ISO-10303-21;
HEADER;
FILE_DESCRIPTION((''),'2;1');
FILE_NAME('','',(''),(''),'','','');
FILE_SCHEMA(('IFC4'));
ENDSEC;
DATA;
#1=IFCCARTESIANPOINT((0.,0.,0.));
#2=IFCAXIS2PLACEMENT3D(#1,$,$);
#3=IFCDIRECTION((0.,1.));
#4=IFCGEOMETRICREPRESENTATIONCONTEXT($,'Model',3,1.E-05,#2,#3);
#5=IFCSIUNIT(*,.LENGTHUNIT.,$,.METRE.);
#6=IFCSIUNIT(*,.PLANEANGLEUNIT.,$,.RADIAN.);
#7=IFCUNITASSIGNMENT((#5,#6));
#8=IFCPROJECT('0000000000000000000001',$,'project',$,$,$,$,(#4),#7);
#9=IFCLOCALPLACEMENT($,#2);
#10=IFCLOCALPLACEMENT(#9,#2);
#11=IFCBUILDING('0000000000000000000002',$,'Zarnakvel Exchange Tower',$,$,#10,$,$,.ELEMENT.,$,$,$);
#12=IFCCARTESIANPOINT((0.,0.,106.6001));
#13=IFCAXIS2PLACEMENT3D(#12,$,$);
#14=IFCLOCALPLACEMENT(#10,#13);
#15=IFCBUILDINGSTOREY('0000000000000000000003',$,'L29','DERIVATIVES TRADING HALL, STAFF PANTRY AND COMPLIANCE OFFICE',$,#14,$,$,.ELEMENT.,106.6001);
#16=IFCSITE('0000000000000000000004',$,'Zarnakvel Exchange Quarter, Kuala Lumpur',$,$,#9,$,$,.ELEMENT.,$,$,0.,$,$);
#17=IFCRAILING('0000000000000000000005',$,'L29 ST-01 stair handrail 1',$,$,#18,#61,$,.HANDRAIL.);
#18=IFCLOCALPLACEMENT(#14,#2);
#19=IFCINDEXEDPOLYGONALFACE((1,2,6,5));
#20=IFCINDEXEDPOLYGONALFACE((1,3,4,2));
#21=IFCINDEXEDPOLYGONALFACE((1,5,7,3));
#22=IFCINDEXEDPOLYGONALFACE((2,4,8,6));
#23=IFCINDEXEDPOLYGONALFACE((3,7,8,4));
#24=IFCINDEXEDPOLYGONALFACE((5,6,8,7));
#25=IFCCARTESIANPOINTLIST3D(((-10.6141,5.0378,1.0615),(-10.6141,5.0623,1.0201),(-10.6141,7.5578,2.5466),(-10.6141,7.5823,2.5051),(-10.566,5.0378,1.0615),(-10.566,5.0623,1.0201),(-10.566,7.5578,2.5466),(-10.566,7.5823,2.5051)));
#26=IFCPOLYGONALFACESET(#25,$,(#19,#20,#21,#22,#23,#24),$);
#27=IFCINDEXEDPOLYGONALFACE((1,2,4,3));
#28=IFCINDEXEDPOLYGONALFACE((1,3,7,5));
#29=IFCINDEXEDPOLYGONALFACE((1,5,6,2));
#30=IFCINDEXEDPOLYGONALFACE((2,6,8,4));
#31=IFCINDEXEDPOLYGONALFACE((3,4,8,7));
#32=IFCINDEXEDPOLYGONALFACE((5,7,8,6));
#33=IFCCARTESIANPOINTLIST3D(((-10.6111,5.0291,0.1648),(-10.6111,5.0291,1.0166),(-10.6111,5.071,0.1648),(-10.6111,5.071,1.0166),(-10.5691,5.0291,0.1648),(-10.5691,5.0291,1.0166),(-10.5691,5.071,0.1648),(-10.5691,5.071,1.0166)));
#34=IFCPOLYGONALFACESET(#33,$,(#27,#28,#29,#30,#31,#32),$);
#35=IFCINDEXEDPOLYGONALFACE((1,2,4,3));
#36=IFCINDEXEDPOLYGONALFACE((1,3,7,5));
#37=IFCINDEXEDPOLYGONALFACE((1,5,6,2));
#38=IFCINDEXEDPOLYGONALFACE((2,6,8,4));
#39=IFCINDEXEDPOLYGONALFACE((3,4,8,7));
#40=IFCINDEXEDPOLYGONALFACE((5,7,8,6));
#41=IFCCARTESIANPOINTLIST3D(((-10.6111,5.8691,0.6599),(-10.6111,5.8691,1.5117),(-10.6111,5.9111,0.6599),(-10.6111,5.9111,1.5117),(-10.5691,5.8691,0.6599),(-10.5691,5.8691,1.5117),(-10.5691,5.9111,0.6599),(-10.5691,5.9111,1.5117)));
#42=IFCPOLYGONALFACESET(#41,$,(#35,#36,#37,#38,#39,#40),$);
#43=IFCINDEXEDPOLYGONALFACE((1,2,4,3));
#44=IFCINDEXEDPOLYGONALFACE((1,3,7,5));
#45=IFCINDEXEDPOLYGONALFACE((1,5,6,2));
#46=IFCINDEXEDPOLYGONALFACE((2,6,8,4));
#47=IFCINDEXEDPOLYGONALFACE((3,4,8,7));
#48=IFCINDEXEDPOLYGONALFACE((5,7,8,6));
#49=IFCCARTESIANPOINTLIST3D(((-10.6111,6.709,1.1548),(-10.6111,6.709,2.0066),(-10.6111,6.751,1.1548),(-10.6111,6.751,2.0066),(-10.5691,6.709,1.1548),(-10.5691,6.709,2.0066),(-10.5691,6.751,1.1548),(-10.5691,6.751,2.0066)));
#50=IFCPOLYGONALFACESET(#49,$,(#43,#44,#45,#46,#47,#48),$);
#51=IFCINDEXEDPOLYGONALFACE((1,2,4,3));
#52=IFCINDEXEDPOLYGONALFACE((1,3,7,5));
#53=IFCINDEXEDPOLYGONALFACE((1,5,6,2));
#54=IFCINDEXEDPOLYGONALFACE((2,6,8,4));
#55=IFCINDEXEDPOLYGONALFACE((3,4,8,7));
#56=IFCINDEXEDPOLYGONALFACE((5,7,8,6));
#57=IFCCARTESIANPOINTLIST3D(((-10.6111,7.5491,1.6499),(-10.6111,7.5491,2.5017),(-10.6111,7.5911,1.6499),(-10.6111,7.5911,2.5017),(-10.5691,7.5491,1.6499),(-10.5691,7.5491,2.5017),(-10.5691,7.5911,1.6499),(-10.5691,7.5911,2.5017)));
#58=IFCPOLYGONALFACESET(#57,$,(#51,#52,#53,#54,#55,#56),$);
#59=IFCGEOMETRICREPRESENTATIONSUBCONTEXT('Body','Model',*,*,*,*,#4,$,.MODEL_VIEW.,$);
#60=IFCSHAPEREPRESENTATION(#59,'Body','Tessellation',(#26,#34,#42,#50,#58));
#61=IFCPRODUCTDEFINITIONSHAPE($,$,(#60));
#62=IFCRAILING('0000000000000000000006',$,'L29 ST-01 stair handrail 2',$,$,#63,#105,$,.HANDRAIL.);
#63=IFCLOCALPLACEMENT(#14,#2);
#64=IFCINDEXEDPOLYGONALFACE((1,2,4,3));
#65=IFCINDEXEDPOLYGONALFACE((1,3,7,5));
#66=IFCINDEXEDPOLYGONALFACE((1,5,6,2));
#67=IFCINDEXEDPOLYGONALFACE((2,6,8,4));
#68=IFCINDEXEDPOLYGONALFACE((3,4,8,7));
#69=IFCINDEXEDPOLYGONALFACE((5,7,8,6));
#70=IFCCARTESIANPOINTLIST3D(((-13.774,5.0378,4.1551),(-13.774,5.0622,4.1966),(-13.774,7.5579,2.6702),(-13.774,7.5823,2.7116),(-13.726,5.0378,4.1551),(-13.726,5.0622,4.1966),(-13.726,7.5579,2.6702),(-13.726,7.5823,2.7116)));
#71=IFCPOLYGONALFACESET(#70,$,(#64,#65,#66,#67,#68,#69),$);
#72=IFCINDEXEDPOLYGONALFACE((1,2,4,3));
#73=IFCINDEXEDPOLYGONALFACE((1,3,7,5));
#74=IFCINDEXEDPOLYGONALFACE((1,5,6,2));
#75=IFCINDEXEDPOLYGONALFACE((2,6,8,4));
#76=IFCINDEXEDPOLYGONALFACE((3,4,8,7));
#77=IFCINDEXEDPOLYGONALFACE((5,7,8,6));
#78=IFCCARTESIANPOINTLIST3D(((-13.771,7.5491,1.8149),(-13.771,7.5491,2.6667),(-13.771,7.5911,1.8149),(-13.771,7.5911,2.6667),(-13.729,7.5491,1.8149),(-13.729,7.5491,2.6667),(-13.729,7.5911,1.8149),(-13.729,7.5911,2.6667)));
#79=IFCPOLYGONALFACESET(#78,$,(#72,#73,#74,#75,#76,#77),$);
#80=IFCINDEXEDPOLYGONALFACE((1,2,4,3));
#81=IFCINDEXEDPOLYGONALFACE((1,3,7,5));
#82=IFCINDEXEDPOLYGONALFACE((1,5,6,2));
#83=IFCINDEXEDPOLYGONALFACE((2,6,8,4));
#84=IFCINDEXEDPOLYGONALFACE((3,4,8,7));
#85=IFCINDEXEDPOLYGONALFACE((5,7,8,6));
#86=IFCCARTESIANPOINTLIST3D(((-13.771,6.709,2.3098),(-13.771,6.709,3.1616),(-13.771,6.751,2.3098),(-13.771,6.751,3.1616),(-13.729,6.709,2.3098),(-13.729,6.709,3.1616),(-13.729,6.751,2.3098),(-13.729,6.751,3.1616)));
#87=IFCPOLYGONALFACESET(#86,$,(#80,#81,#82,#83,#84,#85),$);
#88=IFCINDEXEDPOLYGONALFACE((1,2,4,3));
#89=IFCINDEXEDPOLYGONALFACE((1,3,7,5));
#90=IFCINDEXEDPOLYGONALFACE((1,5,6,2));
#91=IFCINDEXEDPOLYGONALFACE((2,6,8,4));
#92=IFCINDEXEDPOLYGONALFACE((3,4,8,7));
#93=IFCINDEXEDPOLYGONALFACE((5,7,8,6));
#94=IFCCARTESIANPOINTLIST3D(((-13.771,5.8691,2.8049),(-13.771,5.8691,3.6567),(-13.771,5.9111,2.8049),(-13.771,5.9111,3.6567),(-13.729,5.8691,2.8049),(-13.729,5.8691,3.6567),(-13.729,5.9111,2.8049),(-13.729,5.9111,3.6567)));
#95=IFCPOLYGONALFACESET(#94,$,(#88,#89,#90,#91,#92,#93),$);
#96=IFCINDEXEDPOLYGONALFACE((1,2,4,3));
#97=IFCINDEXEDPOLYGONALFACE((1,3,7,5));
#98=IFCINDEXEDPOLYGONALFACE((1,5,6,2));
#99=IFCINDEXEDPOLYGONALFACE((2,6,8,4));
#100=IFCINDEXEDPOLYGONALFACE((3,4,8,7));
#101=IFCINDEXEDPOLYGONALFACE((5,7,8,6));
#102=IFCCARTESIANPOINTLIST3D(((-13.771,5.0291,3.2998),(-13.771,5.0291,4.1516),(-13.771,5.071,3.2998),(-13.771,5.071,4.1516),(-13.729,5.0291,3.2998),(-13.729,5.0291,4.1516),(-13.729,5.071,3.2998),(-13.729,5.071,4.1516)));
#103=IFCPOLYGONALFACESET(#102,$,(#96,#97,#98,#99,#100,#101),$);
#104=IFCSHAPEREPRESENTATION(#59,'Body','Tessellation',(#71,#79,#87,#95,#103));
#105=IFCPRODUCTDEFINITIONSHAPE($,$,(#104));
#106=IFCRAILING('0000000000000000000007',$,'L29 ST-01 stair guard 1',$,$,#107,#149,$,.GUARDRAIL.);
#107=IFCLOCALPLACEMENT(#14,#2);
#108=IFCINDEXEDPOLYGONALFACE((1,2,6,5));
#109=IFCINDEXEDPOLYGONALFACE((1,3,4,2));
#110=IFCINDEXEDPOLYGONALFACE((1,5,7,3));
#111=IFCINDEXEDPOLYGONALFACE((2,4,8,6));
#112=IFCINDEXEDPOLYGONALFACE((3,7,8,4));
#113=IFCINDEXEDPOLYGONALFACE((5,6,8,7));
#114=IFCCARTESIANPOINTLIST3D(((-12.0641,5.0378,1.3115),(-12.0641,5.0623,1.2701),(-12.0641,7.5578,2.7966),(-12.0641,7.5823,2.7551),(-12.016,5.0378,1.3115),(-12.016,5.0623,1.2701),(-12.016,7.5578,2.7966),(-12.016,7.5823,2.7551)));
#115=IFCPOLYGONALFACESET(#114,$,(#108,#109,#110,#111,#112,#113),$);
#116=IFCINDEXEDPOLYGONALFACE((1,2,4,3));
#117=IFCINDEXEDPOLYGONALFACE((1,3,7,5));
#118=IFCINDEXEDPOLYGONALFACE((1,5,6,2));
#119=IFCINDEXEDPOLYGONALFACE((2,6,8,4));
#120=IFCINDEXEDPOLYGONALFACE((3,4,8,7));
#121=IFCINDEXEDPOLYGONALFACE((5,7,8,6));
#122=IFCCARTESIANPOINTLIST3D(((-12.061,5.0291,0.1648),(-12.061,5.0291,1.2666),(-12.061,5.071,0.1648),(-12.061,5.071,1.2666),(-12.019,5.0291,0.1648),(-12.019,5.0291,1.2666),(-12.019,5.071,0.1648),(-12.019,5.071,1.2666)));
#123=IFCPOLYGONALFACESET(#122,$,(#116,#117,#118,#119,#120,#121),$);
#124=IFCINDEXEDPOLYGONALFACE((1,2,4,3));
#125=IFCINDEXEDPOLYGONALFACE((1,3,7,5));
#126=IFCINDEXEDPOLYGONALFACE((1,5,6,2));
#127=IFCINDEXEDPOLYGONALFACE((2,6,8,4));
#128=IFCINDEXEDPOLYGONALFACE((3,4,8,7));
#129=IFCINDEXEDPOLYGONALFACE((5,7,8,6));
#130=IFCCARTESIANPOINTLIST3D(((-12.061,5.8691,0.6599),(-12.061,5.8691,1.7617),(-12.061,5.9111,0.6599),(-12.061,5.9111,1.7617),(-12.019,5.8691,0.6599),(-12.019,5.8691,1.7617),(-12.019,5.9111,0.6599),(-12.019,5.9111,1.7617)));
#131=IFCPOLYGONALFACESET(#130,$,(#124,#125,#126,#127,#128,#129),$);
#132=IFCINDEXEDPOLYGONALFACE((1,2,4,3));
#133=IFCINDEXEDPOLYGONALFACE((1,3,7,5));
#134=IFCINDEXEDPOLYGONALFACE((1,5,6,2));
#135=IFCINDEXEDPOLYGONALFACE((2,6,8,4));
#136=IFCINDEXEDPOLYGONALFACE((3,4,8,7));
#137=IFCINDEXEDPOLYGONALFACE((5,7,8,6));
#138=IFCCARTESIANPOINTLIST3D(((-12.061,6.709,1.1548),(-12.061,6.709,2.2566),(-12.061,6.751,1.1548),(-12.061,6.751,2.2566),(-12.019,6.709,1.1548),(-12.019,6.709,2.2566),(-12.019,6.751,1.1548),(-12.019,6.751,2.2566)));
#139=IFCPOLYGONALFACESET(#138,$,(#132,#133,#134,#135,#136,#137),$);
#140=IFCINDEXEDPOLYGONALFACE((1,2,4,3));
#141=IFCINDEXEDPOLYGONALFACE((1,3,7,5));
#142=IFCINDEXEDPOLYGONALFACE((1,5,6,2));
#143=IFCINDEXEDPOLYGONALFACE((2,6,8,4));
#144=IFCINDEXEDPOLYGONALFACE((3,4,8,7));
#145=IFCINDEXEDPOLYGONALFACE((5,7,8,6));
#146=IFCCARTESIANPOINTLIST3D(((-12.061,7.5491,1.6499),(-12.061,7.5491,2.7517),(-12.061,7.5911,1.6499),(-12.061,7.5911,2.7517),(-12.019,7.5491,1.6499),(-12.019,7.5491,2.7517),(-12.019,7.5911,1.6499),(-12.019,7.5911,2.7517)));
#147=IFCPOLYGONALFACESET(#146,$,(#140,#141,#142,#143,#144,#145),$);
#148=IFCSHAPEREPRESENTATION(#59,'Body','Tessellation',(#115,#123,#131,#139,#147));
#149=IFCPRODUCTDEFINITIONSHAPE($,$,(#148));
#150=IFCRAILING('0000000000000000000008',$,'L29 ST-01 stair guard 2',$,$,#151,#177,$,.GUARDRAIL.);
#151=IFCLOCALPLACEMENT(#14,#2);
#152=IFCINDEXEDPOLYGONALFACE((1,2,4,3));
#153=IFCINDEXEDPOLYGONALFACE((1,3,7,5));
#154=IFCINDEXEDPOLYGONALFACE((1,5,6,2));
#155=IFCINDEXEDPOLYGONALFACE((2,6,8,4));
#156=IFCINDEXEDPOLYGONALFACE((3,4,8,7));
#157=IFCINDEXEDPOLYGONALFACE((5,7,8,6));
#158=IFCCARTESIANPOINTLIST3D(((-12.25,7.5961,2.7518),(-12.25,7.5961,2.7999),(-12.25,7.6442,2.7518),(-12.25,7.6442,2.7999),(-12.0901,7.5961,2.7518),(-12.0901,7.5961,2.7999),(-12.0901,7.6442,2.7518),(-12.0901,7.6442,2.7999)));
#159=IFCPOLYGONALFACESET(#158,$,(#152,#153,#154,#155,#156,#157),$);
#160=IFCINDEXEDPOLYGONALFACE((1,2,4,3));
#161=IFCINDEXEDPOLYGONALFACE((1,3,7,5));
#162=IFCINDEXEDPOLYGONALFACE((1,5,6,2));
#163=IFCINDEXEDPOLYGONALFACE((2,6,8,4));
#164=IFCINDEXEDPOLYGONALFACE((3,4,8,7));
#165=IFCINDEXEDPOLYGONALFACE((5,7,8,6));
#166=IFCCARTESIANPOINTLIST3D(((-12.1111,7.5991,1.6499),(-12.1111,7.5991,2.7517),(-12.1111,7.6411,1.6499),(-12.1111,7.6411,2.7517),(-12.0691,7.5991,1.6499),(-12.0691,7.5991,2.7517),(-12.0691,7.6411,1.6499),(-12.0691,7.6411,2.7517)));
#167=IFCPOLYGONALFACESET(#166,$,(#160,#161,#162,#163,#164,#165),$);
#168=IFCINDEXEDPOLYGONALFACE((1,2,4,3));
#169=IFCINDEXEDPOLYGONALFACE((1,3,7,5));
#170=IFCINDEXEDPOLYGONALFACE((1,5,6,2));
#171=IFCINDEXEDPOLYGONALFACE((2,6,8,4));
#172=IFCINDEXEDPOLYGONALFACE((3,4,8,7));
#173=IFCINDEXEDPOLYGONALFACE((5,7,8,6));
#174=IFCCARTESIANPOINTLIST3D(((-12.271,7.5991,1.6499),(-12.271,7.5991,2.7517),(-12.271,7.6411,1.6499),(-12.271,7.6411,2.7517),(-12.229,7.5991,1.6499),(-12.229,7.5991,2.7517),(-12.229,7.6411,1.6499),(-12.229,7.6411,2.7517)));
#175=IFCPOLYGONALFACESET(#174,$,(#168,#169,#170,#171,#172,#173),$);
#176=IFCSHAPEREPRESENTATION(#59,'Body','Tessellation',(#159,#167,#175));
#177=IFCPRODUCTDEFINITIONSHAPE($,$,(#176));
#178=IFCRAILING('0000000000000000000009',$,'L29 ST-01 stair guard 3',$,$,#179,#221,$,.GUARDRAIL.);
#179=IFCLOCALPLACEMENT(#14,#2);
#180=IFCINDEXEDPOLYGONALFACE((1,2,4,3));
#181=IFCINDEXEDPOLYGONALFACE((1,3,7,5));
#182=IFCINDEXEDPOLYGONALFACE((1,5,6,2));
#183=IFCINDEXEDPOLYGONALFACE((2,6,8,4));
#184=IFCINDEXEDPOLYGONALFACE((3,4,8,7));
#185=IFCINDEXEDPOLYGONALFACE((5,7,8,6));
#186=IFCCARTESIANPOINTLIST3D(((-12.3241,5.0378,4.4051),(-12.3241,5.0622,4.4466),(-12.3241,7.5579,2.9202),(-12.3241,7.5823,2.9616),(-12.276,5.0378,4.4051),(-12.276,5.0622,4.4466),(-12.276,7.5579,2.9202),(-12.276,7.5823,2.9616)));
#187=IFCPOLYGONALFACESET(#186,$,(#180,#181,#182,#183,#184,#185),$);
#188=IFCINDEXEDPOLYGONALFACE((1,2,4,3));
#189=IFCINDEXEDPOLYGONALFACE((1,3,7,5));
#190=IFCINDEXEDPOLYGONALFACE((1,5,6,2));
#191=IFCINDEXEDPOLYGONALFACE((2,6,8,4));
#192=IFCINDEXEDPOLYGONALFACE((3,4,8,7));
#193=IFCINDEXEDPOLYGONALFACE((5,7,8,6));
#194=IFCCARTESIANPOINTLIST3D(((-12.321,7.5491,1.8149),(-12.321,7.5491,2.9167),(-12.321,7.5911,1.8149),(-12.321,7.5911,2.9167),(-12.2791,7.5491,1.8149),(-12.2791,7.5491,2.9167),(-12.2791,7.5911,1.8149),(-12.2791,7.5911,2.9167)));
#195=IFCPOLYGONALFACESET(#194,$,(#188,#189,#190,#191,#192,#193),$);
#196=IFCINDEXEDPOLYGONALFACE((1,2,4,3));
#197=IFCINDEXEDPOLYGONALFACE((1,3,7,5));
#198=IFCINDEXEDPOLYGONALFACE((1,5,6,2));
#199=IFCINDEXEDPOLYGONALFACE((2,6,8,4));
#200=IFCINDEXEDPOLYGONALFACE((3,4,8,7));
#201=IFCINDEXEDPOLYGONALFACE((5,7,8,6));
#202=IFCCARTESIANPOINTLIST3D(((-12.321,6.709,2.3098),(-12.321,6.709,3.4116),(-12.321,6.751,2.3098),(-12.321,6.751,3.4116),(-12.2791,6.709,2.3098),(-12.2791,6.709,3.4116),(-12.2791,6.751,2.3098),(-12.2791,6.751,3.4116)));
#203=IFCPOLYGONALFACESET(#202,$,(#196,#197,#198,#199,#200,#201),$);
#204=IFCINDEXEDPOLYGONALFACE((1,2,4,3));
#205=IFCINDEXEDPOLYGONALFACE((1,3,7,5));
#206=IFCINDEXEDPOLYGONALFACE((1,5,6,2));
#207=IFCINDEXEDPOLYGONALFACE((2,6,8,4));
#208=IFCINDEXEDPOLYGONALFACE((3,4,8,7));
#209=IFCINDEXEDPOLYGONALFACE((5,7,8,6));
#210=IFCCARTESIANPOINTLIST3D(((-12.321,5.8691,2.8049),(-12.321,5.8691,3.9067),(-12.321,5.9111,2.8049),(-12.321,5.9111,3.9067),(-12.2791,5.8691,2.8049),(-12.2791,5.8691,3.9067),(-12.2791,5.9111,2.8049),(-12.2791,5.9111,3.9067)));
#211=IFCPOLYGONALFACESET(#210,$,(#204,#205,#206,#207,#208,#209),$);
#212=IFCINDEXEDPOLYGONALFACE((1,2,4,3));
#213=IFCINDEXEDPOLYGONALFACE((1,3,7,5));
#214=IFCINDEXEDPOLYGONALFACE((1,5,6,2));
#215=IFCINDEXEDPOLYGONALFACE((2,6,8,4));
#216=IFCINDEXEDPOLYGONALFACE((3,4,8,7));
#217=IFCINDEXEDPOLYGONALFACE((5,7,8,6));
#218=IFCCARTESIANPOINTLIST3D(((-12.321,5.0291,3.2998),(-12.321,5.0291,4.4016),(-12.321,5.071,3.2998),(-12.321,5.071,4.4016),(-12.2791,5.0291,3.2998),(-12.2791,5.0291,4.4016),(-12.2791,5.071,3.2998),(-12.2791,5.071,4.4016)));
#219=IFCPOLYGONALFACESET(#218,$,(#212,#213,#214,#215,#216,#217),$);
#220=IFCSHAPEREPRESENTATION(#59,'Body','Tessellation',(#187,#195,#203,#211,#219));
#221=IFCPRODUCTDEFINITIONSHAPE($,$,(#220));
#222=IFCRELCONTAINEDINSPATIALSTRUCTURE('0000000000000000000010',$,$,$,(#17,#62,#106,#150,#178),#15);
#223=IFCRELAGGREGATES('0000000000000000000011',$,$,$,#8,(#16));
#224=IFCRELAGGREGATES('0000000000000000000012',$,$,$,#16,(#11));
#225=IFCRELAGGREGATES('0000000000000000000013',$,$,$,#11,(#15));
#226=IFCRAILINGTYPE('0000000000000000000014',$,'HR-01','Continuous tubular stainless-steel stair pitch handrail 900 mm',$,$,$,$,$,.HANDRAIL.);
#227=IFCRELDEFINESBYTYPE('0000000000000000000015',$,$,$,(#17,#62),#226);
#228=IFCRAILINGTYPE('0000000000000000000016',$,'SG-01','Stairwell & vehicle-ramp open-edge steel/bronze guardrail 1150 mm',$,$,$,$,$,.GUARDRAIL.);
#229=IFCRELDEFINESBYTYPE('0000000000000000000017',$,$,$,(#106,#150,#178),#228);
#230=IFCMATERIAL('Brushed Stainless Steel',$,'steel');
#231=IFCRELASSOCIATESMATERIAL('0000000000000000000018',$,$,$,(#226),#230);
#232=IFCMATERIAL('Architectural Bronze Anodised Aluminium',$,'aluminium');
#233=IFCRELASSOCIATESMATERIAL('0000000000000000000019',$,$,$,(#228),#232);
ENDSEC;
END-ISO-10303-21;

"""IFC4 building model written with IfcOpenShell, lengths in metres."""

from ifc_helpers import new_model, si_unit, direction, frame, origin, origin_2d, place, context, subcontext, project, spatial, rectangle, extrude, material, type_object, element, save


model = new_model("IFC4")

# Units and contexts
model_context = context("Model", 3, precision=1e-05, world=origin(), true_north=direction((0.0, 1.0)))
body_context = subcontext(model_context, "Body", "Model", "MODEL_VIEW")
ifc_project = project(units=[si_unit("LENGTHUNIT", "METRE"), si_unit("PLANEANGLEUNIT", "RADIAN")], contexts=[model_context])

# Site, building, storey
site_placement = place(None, origin())
site = spatial("IfcSite", under=ifc_project, at=site_placement, Name="Zarnakvel Exchange Quarter, Kuala Lumpur", CompositionType="ELEMENT", RefElevation=0.0)
building_placement = place(site_placement, origin())
building = spatial("IfcBuilding", under=site, at=building_placement, Name="Zarnakvel Exchange Tower", CompositionType="ELEMENT")
storey_placement = place(building_placement, frame((0.0, 0.0, 106.6001)))
storey = spatial("IfcBuildingStorey", under=building, at=storey_placement, Name="L29", Description="DERIVATIVES TRADING HALL, STAFF PANTRY AND COMPLIANCE OFFICE", CompositionType="ELEMENT", Elevation=106.6001)

# Shared definitions
ifc_material_1 = material(Name="Brushed Stainless Steel", Category="steel")

# Shared definitions
ifc_material_2 = material(Name="Architectural Bronze Anodised Aluminium", Category="aluminium")

# Railings
railing_type_1 = type_object("IfcRailingType", Name="HR-01", Description="Continuous tubular stainless-steel stair pitch handrail 900 mm", PredefinedType="HANDRAIL", material=ifc_material_1)
railing_1_placement = place(storey_placement, frame((-10.5901, 5.05, 0.1648)))
element("IfcRailing", 1, at=railing_1_placement, inside=storey, type_object=railing_type_1, Name="L29 ST-01 stair handrail 1", PredefinedType="HANDRAIL", context=body_context, shape_type="SweptSolid", body=[
    extrude(rectangle(XDim=0.0481, YDim=0.0481, at=origin_2d()), frame((0.0, 0.0, 0.876), z_axis=(0.0, 0.861524, 0.507717), x_axis=(-1.0, 0.0, 0.0)), (0.0, 0.0, 1.0), 2.925),
    extrude(rectangle(XDim=0.042, YDim=0.042, at=origin_2d()), origin(), (0.0, 0.0, 1.0), 0.8518),
    extrude(rectangle(XDim=0.042, YDim=0.042, at=origin_2d()), frame((0.0, 0.8401, 0.4951)), (0.0, 0.0, 1.0), 0.8518),
    extrude(rectangle(XDim=0.042, YDim=0.042, at=origin_2d()), frame((0.0, 1.6799, 0.99)), (0.0, 0.0, 1.0), 0.8518),
    extrude(rectangle(XDim=0.042, YDim=0.042, at=origin_2d()), frame((0.0, 2.52, 1.4851)), (0.0, 0.0, 1.0), 0.8518),
])
railing_2_placement = place(storey_placement, frame((-13.75, 7.5701, 1.8149)))
element("IfcRailing", 2, at=railing_2_placement, inside=storey, type_object=railing_type_1, Name="L29 ST-01 stair handrail 2", PredefinedType="HANDRAIL", context=body_context, shape_type="SweptSolid", body=[
    extrude(rectangle(XDim=0.0481, YDim=0.0481, at=origin_2d()), frame((0.0, 0.0, 0.876), z_axis=(0.0, -0.861561, 0.507655), x_axis=(1.0, 0.0, 0.0)), (0.0, 0.0, 1.0), 2.925),
    extrude(rectangle(XDim=0.042, YDim=0.042, at=origin_2d()), origin(), (0.0, 0.0, 1.0), 0.8518),
    extrude(rectangle(XDim=0.042, YDim=0.042, at=origin_2d()), frame((0.0, -0.8401, 0.4949)), (0.0, 0.0, 1.0), 0.8518),
    extrude(rectangle(XDim=0.042, YDim=0.042, at=origin_2d()), frame((0.0, -1.6799, 0.99)), (0.0, 0.0, 1.0), 0.8518),
    extrude(rectangle(XDim=0.042, YDim=0.042, at=origin_2d()), frame((0.0, -2.52, 1.4849)), (0.0, 0.0, 1.0), 0.8518),
])
railing_type_2 = type_object("IfcRailingType", Name="SG-01", Description="Stairwell & vehicle-ramp open-edge steel/bronze guardrail 1150 mm", PredefinedType="GUARDRAIL", material=ifc_material_2)
railing_3_placement = place(storey_placement, frame((-12.04, 5.05, 0.1648)))
element("IfcRailing", 3, at=railing_3_placement, inside=storey, type_object=railing_type_2, Name="L29 ST-01 stair guard 1", PredefinedType="GUARDRAIL", context=body_context, shape_type="SweptSolid", body=[
    extrude(rectangle(XDim=0.0481, YDim=0.0481, at=origin_2d()), frame((0.0, 0.0, 1.126), z_axis=(0.0, 0.861524, 0.507717), x_axis=(-1.0, 0.0, 0.0)), (0.0, 0.0, 1.0), 2.925),
    extrude(rectangle(XDim=0.042, YDim=0.042, at=origin_2d()), origin(), (0.0, 0.0, 1.0), 1.1018),
    extrude(rectangle(XDim=0.042, YDim=0.042, at=origin_2d()), frame((0.0, 0.8401, 0.4951)), (0.0, 0.0, 1.0), 1.1018),
    extrude(rectangle(XDim=0.042, YDim=0.042, at=origin_2d()), frame((0.0, 1.6799, 0.99)), (0.0, 0.0, 1.0), 1.1018),
    extrude(rectangle(XDim=0.042, YDim=0.042, at=origin_2d()), frame((0.0, 2.52, 1.4851)), (0.0, 0.0, 1.0), 1.1018),
])
railing_4_placement = place(storey_placement, frame((-12.0901, 7.6201, 1.6499)))
element("IfcRailing", 4, at=railing_4_placement, inside=storey, type_object=railing_type_2, Name="L29 ST-01 stair guard 2", PredefinedType="GUARDRAIL", context=body_context, shape_type="SweptSolid", body=[
    extrude(rectangle(XDim=0.0481, YDim=0.0481, at=origin_2d()), frame((0.0, 0.0, 1.126), z_axis=(-1.0, 0.0, 0.0), x_axis=(0.0, -1.0, 0.0)), (0.0, 0.0, 1.0), 0.1599),
    extrude(rectangle(XDim=0.042, YDim=0.042, at=origin_2d()), origin(), (0.0, 0.0, 1.0), 1.1018),
    extrude(rectangle(XDim=0.042, YDim=0.042, at=origin_2d()), frame((-0.1599, 0.0, 0.0)), (0.0, 0.0, 1.0), 1.1018),
])
railing_5_placement = place(storey_placement, frame((-12.3, 7.5701, 1.8149)))
element("IfcRailing", 5, at=railing_5_placement, inside=storey, type_object=railing_type_2, Name="L29 ST-01 stair guard 3", PredefinedType="GUARDRAIL", context=body_context, shape_type="SweptSolid", body=[
    extrude(rectangle(XDim=0.0481, YDim=0.0481, at=origin_2d()), frame((0.0, 0.0, 1.126), z_axis=(0.0, -0.861561, 0.507655), x_axis=(1.0, 0.0, 0.0)), (0.0, 0.0, 1.0), 2.925),
    extrude(rectangle(XDim=0.042, YDim=0.042, at=origin_2d()), origin(), (0.0, 0.0, 1.0), 1.1018),
    extrude(rectangle(XDim=0.042, YDim=0.042, at=origin_2d()), frame((0.0, -0.8401, 0.4949)), (0.0, 0.0, 1.0), 1.1018),
    extrude(rectangle(XDim=0.042, YDim=0.042, at=origin_2d()), frame((0.0, -1.6799, 0.99)), (0.0, 0.0, 1.0), 1.1018),
    extrude(rectangle(XDim=0.042, YDim=0.042, at=origin_2d()), frame((0.0, -2.52, 1.4849)), (0.0, 0.0, 1.0), 1.1018),
])

save(model, "model.ifc")
